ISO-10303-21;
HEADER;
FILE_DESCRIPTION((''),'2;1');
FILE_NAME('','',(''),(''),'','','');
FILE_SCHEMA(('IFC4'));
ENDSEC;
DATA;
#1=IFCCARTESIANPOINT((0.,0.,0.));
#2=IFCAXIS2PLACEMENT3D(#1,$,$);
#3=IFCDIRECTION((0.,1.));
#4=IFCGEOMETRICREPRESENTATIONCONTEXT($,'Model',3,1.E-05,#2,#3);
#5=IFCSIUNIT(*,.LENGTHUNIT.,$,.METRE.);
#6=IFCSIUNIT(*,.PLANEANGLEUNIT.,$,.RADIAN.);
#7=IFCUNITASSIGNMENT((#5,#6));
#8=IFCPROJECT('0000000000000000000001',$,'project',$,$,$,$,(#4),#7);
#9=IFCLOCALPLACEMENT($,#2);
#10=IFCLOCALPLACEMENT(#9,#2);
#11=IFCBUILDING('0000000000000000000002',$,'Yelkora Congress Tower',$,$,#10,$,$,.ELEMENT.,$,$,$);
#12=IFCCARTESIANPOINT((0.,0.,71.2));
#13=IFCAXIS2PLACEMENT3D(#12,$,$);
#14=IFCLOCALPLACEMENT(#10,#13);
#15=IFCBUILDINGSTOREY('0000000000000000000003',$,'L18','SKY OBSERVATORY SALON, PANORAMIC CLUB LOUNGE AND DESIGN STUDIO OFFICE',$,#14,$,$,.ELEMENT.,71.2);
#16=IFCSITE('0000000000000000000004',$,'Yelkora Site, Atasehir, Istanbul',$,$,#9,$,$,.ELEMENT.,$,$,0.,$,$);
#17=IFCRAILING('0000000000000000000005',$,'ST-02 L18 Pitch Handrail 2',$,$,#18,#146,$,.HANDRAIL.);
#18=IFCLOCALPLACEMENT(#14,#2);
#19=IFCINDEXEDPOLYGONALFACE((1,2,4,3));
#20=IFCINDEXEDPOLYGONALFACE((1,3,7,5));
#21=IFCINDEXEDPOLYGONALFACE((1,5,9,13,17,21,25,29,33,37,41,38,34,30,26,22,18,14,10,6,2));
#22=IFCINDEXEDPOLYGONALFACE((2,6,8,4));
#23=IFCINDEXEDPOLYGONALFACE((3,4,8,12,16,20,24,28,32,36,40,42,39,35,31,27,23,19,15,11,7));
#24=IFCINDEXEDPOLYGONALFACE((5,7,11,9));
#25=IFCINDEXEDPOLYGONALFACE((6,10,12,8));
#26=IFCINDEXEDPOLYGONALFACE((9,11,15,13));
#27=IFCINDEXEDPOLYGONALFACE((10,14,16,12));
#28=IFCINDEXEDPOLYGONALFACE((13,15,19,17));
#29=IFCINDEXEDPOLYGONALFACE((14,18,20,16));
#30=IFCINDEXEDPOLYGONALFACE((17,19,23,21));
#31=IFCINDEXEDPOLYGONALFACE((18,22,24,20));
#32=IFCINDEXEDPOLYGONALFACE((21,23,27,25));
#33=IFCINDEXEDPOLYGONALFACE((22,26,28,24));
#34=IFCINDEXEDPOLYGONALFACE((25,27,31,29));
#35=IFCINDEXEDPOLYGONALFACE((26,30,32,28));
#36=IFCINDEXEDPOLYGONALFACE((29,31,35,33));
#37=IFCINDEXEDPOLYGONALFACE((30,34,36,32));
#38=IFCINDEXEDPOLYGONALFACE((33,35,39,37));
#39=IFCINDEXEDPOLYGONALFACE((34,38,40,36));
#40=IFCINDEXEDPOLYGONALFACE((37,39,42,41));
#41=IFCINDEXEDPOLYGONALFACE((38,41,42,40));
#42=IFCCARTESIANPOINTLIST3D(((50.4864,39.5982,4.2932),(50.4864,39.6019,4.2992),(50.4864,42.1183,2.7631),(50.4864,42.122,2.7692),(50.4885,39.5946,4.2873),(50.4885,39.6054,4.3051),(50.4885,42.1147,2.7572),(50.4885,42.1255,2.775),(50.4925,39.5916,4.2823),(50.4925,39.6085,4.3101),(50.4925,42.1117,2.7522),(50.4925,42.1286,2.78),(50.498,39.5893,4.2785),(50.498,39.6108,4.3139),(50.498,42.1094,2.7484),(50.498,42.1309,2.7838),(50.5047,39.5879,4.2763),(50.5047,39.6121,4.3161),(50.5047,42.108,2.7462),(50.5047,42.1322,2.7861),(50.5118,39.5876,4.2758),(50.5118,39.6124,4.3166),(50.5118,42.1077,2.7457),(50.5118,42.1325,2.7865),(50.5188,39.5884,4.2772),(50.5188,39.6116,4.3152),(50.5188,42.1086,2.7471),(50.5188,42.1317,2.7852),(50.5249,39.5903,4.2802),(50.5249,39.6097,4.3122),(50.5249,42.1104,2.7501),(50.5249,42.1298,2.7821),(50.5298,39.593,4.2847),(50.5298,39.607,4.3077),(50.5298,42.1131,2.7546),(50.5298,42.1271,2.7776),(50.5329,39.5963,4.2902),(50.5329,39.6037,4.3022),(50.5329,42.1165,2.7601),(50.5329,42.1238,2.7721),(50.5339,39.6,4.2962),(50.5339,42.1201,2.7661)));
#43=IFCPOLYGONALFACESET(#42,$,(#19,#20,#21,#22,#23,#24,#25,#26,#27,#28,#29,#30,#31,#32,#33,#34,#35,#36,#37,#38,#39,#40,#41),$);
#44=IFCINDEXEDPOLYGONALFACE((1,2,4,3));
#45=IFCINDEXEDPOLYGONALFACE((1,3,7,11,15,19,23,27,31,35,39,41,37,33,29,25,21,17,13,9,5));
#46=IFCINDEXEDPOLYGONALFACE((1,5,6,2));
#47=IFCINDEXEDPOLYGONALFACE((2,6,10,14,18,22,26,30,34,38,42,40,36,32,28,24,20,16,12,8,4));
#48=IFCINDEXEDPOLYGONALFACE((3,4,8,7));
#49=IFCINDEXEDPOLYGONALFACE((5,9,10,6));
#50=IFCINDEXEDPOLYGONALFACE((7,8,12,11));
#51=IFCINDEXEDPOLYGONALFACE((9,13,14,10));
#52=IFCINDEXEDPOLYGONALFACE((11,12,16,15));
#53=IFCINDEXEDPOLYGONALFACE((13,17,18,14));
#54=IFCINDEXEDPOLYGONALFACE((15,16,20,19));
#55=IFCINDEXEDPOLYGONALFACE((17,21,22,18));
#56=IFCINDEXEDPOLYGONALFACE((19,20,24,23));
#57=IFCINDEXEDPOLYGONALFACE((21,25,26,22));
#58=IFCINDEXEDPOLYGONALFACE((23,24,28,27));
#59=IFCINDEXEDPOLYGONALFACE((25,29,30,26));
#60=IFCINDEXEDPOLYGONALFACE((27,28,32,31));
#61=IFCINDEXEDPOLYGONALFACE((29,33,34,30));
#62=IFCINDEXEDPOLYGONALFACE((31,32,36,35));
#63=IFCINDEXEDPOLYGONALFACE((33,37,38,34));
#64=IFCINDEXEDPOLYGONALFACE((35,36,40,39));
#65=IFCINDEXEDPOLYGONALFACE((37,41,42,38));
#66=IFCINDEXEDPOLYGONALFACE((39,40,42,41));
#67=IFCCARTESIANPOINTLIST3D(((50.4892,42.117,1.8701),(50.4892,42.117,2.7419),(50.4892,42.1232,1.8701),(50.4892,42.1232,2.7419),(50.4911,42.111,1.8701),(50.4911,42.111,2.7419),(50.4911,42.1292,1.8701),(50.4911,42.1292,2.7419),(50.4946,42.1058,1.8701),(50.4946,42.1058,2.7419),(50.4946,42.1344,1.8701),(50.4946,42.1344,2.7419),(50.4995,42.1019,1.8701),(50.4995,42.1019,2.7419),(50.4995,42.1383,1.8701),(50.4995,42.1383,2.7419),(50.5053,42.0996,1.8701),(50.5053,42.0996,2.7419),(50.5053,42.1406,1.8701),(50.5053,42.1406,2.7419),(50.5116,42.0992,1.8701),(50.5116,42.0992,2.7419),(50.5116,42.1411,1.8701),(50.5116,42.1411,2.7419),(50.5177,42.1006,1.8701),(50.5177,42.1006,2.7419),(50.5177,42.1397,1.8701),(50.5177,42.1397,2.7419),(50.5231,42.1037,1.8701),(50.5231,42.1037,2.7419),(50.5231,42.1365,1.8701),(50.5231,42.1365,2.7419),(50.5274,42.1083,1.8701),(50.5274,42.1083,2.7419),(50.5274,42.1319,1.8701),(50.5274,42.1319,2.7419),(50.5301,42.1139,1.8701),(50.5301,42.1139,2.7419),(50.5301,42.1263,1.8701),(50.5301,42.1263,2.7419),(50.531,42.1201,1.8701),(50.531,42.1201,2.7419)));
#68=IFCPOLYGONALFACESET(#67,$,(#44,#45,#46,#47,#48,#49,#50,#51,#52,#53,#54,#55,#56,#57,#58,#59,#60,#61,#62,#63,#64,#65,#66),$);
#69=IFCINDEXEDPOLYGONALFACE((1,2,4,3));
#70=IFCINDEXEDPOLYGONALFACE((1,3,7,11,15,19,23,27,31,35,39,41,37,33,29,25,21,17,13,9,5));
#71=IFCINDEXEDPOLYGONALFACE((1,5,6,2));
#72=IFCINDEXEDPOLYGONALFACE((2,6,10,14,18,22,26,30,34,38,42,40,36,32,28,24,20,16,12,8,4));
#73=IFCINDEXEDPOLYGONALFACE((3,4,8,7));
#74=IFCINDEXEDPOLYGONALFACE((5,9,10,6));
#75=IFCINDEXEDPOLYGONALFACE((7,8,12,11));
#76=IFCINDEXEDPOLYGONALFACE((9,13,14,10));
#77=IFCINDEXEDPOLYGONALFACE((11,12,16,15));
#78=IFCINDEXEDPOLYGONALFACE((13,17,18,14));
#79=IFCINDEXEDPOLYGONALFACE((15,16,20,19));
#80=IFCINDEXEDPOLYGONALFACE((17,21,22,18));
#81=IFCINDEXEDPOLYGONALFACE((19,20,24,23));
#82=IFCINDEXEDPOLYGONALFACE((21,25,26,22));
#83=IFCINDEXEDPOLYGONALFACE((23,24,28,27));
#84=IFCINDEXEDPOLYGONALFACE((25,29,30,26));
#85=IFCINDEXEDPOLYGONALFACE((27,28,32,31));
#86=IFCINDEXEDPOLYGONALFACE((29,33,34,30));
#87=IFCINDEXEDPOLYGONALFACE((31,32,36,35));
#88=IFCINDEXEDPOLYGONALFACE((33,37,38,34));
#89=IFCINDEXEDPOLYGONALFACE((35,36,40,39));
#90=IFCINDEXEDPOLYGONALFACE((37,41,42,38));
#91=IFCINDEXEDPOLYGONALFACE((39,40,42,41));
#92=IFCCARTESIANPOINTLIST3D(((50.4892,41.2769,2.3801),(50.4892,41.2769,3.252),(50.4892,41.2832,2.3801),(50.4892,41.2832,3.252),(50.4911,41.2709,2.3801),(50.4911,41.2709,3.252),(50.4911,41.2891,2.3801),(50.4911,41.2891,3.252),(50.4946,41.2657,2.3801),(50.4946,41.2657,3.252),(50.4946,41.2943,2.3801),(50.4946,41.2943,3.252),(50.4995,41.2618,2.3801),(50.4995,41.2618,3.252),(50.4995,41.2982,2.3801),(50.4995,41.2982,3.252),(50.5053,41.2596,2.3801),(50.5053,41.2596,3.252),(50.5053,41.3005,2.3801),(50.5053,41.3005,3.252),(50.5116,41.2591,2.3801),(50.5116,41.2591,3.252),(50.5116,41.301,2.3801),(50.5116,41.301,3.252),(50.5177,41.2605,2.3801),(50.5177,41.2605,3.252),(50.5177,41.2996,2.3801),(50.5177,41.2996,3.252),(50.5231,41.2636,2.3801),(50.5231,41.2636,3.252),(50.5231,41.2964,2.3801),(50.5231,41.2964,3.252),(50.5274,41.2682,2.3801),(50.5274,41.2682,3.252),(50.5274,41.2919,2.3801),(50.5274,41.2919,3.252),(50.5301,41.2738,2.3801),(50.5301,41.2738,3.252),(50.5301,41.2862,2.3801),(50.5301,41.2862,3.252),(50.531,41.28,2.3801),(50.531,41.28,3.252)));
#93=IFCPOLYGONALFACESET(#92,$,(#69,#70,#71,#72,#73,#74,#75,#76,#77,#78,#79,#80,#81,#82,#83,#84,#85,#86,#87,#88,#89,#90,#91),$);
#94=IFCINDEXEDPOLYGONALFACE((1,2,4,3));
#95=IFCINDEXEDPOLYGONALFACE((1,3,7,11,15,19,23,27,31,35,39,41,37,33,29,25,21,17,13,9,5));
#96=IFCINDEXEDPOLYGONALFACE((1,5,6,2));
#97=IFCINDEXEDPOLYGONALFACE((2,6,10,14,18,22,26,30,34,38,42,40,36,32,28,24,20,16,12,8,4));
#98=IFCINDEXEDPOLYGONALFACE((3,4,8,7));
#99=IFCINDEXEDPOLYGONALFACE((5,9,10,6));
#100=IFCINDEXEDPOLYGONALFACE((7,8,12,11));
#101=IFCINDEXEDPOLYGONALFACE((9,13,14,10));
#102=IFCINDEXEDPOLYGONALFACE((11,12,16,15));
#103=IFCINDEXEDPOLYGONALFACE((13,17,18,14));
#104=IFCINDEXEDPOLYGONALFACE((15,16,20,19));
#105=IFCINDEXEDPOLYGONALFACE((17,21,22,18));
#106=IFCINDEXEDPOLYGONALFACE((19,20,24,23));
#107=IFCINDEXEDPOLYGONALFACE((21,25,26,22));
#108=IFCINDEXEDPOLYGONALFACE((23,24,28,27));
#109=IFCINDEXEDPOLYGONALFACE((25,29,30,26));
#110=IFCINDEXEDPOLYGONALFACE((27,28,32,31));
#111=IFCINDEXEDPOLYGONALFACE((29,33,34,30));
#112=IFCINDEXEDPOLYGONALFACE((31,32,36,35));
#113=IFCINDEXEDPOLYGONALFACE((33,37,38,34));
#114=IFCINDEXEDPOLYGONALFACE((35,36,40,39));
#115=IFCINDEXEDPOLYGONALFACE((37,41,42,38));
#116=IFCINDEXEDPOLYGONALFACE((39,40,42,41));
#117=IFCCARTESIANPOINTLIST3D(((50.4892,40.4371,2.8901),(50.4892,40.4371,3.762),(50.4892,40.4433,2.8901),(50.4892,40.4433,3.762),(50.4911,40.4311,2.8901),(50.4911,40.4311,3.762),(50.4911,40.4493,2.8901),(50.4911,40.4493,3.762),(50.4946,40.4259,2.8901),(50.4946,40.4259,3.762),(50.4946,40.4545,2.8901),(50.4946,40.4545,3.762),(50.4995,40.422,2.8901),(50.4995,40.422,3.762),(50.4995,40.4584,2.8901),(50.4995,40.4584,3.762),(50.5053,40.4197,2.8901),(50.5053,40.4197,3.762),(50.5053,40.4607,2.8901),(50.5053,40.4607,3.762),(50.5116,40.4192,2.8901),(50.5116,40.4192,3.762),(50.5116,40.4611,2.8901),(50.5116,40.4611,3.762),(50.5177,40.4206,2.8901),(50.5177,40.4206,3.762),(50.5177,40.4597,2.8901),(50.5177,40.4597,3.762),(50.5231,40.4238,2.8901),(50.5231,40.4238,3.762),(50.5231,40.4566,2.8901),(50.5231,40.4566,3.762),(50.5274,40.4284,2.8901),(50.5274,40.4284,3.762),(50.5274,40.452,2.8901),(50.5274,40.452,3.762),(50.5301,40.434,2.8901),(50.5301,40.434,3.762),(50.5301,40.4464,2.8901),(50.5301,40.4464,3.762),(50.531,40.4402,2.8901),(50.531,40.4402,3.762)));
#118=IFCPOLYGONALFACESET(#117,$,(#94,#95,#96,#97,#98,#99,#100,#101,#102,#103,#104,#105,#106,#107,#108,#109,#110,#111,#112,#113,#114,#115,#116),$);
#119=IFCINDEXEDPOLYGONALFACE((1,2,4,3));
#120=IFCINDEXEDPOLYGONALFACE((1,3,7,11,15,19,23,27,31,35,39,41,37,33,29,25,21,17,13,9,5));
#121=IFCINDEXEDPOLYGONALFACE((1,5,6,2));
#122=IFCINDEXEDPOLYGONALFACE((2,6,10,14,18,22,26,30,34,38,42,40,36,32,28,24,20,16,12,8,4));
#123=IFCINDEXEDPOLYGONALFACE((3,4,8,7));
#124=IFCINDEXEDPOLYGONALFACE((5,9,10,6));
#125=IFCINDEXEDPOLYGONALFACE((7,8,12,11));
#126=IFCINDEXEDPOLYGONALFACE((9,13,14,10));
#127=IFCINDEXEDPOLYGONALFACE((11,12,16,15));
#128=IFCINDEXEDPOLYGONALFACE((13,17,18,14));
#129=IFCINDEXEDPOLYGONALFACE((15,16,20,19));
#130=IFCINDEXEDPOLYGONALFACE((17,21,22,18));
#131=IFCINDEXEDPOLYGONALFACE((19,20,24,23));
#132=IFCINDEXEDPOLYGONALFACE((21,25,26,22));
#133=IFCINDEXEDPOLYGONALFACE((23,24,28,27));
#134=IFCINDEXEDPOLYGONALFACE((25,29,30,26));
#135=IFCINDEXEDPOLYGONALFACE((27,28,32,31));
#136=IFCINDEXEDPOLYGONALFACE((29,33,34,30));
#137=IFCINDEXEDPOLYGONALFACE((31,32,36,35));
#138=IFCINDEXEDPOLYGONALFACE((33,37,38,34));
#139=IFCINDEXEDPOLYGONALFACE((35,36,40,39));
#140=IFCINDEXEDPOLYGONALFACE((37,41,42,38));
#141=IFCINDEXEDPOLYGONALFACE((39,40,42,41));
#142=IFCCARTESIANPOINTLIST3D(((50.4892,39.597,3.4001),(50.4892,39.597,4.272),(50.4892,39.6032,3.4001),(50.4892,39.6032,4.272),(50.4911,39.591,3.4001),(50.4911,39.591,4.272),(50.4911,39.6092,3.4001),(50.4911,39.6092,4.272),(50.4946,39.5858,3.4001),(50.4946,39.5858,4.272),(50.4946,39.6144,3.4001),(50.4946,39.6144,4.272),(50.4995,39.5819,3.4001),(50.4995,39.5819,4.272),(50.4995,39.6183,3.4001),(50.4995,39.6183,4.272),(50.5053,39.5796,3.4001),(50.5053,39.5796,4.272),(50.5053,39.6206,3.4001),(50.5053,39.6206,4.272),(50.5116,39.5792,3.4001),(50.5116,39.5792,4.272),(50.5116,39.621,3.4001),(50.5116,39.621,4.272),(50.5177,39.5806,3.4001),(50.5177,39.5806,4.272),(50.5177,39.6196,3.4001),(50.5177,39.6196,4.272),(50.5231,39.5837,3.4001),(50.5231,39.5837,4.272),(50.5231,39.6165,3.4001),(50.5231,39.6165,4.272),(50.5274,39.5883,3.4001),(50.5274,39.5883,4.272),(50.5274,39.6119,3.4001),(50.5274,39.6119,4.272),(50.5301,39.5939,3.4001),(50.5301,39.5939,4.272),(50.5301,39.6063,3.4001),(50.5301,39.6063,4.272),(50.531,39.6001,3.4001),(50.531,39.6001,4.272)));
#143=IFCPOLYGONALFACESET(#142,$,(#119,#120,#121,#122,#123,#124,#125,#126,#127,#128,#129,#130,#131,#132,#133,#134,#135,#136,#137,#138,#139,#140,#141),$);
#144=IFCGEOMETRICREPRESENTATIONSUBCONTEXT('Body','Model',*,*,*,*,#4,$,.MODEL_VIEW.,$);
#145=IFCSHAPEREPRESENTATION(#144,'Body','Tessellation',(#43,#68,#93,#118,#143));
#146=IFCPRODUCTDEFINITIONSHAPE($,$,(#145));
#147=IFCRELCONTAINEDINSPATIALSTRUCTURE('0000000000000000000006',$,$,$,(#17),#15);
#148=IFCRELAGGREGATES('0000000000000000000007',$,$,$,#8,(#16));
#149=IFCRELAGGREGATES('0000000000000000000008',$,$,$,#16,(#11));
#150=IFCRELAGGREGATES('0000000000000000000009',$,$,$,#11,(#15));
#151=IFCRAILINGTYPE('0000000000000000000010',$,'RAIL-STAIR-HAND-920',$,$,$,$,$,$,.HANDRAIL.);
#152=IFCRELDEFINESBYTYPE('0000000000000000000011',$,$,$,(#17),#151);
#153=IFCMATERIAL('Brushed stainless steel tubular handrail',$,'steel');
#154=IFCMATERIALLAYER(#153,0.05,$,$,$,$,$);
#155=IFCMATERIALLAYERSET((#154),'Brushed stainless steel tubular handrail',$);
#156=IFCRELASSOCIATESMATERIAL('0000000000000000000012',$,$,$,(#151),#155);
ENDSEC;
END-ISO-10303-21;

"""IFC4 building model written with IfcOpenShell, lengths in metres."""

from ifc_helpers import new_model, si_unit, direction, frame, origin, origin_2d, place, context, subcontext, project, spatial, circle, extrude, material, layer, layer_set, type_object, element, save


model = new_model("IFC4")

# Units and contexts
model_context = context("Model", 3, precision=1e-05, world=origin(), true_north=direction((0.0, 1.0)))
body_context = subcontext(model_context, "Body", "Model", "MODEL_VIEW")
ifc_project = project(units=[si_unit("LENGTHUNIT", "METRE"), si_unit("PLANEANGLEUNIT", "RADIAN")], contexts=[model_context])

# Site, building, storey
site_placement = place(None, origin())
site = spatial("IfcSite", under=ifc_project, at=site_placement, Name="Yelkora Site, Atasehir, Istanbul", CompositionType="ELEMENT", RefElevation=0.0)
building_placement = place(site_placement, origin())
building = spatial("IfcBuilding", under=site, at=building_placement, Name="Yelkora Congress Tower", CompositionType="ELEMENT")
storey_placement = place(building_placement, frame((0.0, 0.0, 71.2)))
storey = spatial("IfcBuildingStorey", under=building, at=storey_placement, Name="L18", Description="SKY OBSERVATORY SALON, PANORAMIC CLUB LOUNGE AND DESIGN STUDIO OFFICE", CompositionType="ELEMENT", Elevation=71.2)

# Railing
ifc_material_1 = material(Name="Brushed stainless steel tubular handrail", Category="steel")
ifc_layer_1 = layer(ifc_material_1, 0.05)
ifc_layer_set_1 = layer_set([ifc_layer_1], Name="Brushed stainless steel tubular handrail")
railing_type_1 = type_object("IfcRailingType", Name="RAIL-STAIR-HAND-920", PredefinedType="HANDRAIL", material=ifc_layer_set_1)
railing_1_placement = place(storey_placement, frame((50.51, 42.1201, 1.8701)))
element("IfcRailing", 1, at=railing_1_placement, inside=storey, type_object=railing_type_1, Name="ST-02 L18 Pitch Handrail 2", PredefinedType="HANDRAIL", context=body_context, shape_type="SweptSolid", body=[
    extrude(circle(Radius=0.0239, at=origin_2d()), frame((0.0, 0.0, 0.896), z_axis=(0.0, -0.854785, 0.518982), x_axis=(1.0, 0.0, 0.0)), (0.0, 0.0, 1.0), 2.9482),
    extrude(circle(Radius=0.021, at=origin_2d()), origin(), (0.0, 0.0, 1.0), 0.8718),
    extrude(circle(Radius=0.021, at=origin_2d()), frame((0.0, -0.8401, 0.51)), (0.0, 0.0, 1.0), 0.8718),
    extrude(circle(Radius=0.021, at=origin_2d()), frame((0.0, -1.6799, 1.02)), (0.0, 0.0, 1.0), 0.8718),
    extrude(circle(Radius=0.021, at=origin_2d()), frame((0.0, -2.52, 1.53)), (0.0, 0.0, 1.0), 0.8718),
])

save(model, "model.ifc")
